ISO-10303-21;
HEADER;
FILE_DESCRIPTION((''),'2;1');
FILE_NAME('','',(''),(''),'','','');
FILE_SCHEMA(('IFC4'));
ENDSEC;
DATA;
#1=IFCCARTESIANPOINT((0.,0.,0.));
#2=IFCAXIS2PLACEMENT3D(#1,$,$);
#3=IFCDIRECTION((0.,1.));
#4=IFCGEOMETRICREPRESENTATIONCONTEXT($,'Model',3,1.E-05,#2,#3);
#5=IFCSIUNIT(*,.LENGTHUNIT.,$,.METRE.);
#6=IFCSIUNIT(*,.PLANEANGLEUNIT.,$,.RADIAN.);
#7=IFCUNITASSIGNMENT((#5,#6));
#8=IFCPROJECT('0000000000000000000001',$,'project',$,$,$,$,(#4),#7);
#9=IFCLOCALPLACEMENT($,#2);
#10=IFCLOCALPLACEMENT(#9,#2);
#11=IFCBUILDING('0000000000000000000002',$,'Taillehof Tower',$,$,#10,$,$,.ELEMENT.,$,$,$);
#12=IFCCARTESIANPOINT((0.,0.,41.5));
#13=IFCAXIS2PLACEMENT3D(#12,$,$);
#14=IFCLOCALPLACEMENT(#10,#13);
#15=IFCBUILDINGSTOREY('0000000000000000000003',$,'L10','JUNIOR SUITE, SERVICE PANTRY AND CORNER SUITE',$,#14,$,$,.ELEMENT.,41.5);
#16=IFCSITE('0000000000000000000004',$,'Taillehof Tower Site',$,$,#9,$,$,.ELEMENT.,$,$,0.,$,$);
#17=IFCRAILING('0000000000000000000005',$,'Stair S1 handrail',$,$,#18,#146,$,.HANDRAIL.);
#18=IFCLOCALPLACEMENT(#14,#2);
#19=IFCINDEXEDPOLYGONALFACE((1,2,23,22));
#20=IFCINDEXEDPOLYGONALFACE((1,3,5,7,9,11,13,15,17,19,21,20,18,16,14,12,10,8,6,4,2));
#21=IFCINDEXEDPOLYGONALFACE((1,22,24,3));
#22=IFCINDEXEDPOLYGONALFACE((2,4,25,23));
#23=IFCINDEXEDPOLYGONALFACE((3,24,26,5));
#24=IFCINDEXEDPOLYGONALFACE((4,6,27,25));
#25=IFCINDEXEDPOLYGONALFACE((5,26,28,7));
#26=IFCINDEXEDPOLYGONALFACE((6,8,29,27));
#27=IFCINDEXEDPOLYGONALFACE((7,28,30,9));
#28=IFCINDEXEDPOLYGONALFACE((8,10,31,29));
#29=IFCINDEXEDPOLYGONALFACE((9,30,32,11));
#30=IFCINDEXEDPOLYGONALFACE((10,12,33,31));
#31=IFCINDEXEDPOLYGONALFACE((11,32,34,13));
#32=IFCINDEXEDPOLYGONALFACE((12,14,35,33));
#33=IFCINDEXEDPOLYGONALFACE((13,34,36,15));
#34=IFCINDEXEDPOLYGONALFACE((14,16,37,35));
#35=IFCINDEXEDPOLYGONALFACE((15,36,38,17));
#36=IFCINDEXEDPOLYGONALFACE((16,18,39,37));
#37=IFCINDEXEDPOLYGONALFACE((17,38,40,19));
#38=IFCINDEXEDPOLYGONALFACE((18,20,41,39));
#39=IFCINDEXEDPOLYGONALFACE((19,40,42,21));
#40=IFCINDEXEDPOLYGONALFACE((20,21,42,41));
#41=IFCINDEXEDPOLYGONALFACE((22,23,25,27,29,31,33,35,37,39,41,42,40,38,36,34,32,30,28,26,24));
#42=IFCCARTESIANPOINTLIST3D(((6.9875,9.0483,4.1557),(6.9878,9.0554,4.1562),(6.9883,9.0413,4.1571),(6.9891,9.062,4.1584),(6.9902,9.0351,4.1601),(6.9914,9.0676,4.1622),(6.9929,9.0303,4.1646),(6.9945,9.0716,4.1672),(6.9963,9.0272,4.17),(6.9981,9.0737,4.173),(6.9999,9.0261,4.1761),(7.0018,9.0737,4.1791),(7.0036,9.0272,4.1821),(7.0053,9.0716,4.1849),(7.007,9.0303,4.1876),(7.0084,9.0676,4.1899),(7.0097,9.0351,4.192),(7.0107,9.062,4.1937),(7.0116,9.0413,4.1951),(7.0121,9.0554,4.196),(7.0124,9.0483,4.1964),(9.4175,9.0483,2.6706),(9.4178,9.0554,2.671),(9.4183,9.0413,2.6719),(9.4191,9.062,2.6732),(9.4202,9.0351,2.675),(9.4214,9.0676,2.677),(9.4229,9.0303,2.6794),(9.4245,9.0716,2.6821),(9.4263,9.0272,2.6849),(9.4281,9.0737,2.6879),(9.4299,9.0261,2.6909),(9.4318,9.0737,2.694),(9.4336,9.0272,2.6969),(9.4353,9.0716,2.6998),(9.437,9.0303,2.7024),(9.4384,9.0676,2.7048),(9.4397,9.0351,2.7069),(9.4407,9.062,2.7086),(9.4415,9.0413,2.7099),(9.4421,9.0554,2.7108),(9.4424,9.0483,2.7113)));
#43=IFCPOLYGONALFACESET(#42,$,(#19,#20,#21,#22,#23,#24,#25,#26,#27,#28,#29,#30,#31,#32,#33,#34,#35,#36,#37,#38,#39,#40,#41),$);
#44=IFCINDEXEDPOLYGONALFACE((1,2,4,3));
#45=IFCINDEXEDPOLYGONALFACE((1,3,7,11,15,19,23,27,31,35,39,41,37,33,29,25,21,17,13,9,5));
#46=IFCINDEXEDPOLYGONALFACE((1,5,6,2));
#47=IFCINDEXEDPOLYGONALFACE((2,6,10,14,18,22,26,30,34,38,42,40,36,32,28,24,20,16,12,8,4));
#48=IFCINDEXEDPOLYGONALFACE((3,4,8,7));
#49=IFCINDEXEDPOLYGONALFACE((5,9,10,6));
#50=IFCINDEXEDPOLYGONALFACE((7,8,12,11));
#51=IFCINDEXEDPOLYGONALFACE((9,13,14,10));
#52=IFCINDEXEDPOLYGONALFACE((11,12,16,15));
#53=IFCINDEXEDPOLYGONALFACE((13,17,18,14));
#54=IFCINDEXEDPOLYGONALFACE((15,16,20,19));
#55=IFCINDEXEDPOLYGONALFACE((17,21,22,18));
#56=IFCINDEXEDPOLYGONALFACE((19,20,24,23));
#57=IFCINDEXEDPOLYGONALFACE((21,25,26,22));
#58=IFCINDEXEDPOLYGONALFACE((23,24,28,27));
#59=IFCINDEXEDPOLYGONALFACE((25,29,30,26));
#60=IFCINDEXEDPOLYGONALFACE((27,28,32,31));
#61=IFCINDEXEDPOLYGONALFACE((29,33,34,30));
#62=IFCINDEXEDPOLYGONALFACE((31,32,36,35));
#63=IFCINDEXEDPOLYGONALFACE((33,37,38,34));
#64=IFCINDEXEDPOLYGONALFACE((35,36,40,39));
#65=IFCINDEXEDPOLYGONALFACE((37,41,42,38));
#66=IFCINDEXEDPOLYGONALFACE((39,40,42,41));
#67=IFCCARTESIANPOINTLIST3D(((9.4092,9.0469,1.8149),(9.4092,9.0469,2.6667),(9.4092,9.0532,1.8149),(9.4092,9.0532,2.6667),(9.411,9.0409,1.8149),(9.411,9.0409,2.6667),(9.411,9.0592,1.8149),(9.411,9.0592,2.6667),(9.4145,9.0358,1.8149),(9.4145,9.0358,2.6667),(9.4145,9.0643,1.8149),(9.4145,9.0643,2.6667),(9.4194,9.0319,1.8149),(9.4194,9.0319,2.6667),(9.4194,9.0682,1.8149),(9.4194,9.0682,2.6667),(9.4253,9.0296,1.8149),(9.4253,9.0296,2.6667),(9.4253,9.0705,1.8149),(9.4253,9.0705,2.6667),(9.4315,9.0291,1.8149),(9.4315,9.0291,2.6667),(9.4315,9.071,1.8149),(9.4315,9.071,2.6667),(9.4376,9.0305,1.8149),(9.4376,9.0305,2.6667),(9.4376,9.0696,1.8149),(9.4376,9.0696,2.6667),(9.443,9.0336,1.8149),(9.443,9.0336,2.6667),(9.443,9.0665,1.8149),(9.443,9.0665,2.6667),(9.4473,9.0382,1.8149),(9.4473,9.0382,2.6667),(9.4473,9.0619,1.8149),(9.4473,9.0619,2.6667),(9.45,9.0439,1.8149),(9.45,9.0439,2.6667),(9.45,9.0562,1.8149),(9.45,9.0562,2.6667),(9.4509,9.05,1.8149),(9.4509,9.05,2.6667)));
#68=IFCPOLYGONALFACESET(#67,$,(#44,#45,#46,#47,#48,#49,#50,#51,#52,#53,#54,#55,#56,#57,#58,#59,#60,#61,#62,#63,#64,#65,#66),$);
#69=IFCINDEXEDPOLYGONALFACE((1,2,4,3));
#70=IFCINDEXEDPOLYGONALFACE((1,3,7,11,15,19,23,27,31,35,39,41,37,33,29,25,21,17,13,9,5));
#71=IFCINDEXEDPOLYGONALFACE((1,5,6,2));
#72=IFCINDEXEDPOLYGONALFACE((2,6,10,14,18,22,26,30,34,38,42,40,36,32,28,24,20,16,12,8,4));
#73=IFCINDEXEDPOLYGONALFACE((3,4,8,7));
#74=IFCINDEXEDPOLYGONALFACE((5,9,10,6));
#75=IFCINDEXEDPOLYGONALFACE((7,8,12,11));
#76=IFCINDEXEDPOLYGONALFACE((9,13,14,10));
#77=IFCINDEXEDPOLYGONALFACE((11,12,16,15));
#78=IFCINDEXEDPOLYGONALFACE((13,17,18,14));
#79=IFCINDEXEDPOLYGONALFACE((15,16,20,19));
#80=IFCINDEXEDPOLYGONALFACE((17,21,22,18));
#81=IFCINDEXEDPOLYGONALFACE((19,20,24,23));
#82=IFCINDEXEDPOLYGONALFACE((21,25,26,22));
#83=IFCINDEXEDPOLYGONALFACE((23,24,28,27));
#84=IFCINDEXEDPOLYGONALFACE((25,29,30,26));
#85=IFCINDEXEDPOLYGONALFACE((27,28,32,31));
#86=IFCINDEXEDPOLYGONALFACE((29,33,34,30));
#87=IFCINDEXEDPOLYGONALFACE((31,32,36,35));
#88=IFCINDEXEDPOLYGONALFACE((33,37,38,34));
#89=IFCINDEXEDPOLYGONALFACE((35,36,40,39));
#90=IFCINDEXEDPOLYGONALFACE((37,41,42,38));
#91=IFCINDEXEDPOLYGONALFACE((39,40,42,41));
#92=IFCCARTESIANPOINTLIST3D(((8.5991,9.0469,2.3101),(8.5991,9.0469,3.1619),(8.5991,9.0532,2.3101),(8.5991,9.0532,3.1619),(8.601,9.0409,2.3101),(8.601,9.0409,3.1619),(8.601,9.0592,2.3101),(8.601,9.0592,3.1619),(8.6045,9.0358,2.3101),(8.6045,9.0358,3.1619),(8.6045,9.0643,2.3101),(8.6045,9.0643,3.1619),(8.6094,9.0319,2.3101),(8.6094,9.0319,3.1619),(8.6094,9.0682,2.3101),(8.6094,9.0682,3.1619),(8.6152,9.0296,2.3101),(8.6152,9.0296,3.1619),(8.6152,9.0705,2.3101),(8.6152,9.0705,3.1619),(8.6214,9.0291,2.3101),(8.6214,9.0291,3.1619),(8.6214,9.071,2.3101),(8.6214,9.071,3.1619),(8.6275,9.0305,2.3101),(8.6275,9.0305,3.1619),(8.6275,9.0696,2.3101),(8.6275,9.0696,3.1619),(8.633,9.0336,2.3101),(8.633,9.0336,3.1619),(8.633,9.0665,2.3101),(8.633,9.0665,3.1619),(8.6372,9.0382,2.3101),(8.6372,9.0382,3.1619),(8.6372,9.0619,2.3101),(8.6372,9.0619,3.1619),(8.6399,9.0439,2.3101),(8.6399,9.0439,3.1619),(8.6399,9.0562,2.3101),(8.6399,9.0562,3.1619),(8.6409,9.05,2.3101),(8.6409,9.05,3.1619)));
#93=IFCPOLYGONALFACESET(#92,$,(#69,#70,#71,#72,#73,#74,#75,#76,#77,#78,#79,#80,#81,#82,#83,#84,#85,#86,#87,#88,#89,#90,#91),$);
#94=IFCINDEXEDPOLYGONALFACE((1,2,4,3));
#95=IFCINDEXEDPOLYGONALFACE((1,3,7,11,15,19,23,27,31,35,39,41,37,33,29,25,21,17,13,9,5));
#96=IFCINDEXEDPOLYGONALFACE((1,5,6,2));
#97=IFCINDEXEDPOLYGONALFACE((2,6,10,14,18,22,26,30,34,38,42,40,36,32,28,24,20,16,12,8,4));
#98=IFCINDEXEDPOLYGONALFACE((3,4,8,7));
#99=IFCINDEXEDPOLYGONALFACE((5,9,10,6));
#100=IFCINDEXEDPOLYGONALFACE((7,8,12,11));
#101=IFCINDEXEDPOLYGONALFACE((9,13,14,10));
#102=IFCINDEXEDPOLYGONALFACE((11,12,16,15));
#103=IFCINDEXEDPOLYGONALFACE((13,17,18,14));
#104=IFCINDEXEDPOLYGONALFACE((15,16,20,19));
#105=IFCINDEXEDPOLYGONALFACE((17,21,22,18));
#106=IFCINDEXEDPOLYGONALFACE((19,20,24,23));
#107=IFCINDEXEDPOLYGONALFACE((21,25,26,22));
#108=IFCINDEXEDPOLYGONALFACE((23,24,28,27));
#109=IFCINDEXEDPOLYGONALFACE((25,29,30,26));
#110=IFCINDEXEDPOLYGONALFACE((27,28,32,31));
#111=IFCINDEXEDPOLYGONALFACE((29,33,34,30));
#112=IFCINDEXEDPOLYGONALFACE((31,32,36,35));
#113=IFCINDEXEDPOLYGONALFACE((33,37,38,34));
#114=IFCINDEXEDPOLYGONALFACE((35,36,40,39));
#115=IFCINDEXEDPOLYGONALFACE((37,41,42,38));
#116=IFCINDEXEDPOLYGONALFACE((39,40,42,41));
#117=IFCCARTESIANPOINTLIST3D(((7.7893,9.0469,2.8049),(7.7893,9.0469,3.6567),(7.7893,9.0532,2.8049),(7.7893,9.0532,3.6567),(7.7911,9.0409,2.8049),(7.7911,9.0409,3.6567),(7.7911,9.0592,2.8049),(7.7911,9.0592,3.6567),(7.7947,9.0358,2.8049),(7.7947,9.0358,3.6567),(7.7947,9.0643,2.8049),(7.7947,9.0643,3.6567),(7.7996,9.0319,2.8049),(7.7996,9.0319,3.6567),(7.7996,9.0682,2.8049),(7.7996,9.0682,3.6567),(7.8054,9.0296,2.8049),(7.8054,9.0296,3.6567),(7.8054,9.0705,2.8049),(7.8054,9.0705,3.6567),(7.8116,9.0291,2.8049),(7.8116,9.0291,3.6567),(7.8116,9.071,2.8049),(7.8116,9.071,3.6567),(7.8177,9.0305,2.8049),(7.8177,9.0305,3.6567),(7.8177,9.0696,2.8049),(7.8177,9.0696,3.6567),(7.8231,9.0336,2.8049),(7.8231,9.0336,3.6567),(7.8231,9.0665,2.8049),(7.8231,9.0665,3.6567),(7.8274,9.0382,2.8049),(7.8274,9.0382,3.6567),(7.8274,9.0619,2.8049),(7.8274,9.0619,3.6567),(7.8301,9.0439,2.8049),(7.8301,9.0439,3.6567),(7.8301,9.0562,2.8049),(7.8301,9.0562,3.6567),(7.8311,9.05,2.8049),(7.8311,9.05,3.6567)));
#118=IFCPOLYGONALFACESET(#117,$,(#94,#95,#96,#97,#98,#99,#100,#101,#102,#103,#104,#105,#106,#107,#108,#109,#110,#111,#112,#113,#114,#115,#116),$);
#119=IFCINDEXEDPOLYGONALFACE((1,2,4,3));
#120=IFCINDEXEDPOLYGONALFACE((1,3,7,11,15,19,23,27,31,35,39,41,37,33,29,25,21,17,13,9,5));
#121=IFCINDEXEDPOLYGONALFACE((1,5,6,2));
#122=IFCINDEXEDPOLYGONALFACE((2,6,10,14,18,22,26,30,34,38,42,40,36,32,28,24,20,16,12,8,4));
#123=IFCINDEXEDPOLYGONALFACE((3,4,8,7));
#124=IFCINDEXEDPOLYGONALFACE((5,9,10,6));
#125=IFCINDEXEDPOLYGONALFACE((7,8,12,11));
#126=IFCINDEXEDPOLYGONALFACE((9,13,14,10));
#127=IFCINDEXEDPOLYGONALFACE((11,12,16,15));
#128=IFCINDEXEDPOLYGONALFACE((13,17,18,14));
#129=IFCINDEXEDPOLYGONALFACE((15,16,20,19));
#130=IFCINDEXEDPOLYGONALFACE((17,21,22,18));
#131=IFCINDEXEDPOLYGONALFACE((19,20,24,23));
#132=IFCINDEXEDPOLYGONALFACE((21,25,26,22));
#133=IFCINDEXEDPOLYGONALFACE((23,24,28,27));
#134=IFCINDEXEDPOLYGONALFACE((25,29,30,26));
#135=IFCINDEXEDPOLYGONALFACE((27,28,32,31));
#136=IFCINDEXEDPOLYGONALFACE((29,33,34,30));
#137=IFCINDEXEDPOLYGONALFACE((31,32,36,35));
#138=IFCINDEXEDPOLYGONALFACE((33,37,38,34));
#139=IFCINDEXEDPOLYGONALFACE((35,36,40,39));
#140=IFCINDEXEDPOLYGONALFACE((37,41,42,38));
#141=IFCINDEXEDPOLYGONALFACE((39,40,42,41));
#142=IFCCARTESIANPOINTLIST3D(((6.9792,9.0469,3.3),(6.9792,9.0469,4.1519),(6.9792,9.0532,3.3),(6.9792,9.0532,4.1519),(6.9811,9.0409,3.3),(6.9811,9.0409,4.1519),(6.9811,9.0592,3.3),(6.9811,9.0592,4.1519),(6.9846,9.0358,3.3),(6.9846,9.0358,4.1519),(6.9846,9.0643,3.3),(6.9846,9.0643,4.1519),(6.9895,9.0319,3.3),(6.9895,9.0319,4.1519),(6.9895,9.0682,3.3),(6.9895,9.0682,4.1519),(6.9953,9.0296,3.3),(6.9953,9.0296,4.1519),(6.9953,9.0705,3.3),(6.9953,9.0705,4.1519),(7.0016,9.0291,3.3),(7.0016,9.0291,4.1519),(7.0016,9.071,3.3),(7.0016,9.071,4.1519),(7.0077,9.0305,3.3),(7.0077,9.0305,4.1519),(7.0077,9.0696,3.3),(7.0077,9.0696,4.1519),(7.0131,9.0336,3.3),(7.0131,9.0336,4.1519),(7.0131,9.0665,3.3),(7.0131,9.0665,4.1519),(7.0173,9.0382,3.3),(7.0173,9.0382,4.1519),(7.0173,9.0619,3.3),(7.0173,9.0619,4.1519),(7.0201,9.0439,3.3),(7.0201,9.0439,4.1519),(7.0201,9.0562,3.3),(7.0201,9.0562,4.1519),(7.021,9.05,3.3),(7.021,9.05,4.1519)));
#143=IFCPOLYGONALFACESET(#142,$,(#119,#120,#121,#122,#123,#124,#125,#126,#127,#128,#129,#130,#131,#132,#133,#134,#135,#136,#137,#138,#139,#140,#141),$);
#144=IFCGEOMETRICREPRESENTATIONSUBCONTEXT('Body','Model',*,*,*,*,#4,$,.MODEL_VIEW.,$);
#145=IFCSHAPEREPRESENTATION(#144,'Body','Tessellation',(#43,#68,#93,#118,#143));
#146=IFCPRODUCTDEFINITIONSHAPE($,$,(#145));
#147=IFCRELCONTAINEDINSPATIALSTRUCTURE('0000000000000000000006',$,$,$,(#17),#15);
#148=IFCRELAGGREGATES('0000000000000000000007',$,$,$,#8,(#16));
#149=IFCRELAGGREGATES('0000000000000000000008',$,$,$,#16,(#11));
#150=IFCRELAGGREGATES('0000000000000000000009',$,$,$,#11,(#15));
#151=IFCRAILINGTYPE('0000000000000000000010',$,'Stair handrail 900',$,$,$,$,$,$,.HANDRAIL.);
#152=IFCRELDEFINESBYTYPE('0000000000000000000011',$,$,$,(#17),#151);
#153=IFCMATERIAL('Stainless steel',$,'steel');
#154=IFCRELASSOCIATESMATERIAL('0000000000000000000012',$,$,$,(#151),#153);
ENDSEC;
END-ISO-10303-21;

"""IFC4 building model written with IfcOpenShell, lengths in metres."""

from ifc_helpers import new_model, si_unit, direction, frame, origin, origin_2d, place, context, subcontext, project, spatial, circle, extrude, material, type_object, element, save


model = new_model("IFC4")

# Units and contexts
model_context = context("Model", 3, precision=1e-05, world=origin(), true_north=direction((0.0, 1.0)))
body_context = subcontext(model_context, "Body", "Model", "MODEL_VIEW")
ifc_project = project(units=[si_unit("LENGTHUNIT", "METRE"), si_unit("PLANEANGLEUNIT", "RADIAN")], contexts=[model_context])

# Site, building, storey
site_placement = place(None, origin())
site = spatial("IfcSite", under=ifc_project, at=site_placement, Name="Taillehof Tower Site", CompositionType="ELEMENT", RefElevation=0.0)
building_placement = place(site_placement, origin())
building = spatial("IfcBuilding", under=site, at=building_placement, Name="Taillehof Tower", CompositionType="ELEMENT")
storey_placement = place(building_placement, frame((0.0, 0.0, 41.5)))
storey = spatial("IfcBuildingStorey", under=building, at=storey_placement, Name="L10", Description="JUNIOR SUITE, SERVICE PANTRY AND CORNER SUITE", CompositionType="ELEMENT", Elevation=41.5)

# Railing
ifc_material_1 = material(Name="Stainless steel", Category="steel")
railing_type = type_object("IfcRailingType", Name="Stair handrail 900", PredefinedType="HANDRAIL", material=ifc_material_1)
railing_1_placement = place(storey_placement, frame((9.4299, 9.05, 1.8149)))
element("IfcRailing", 1, at=railing_1_placement, inside=storey, type_object=railing_type, Name="Stair S1 handrail", PredefinedType="HANDRAIL", context=body_context, shape_type="SweptSolid", body=[
    extrude(circle(Radius=0.0239, at=origin_2d()), frame((0.0, 0.0, 0.876), z_axis=(-0.853259, 0.0, 0.521488), x_axis=(0.0, -1.0, 0.0)), (0.0, 0.0, 1.0), 2.8479),
    extrude(circle(Radius=0.021, at=origin_2d()), origin(), (0.0, 0.0, 1.0), 0.8518),
    extrude(circle(Radius=0.021, at=origin_2d()), frame((-0.8101, 0.0, 0.4951)), (0.0, 0.0, 1.0), 0.8518),
    extrude(circle(Radius=0.021, at=origin_2d()), frame((-1.6199, 0.0, 0.99)), (0.0, 0.0, 1.0), 0.8518),
    extrude(circle(Radius=0.021, at=origin_2d()), frame((-2.4299, 0.0, 1.4851)), (0.0, 0.0, 1.0), 0.8518),
])

save(model, "model.ifc")
